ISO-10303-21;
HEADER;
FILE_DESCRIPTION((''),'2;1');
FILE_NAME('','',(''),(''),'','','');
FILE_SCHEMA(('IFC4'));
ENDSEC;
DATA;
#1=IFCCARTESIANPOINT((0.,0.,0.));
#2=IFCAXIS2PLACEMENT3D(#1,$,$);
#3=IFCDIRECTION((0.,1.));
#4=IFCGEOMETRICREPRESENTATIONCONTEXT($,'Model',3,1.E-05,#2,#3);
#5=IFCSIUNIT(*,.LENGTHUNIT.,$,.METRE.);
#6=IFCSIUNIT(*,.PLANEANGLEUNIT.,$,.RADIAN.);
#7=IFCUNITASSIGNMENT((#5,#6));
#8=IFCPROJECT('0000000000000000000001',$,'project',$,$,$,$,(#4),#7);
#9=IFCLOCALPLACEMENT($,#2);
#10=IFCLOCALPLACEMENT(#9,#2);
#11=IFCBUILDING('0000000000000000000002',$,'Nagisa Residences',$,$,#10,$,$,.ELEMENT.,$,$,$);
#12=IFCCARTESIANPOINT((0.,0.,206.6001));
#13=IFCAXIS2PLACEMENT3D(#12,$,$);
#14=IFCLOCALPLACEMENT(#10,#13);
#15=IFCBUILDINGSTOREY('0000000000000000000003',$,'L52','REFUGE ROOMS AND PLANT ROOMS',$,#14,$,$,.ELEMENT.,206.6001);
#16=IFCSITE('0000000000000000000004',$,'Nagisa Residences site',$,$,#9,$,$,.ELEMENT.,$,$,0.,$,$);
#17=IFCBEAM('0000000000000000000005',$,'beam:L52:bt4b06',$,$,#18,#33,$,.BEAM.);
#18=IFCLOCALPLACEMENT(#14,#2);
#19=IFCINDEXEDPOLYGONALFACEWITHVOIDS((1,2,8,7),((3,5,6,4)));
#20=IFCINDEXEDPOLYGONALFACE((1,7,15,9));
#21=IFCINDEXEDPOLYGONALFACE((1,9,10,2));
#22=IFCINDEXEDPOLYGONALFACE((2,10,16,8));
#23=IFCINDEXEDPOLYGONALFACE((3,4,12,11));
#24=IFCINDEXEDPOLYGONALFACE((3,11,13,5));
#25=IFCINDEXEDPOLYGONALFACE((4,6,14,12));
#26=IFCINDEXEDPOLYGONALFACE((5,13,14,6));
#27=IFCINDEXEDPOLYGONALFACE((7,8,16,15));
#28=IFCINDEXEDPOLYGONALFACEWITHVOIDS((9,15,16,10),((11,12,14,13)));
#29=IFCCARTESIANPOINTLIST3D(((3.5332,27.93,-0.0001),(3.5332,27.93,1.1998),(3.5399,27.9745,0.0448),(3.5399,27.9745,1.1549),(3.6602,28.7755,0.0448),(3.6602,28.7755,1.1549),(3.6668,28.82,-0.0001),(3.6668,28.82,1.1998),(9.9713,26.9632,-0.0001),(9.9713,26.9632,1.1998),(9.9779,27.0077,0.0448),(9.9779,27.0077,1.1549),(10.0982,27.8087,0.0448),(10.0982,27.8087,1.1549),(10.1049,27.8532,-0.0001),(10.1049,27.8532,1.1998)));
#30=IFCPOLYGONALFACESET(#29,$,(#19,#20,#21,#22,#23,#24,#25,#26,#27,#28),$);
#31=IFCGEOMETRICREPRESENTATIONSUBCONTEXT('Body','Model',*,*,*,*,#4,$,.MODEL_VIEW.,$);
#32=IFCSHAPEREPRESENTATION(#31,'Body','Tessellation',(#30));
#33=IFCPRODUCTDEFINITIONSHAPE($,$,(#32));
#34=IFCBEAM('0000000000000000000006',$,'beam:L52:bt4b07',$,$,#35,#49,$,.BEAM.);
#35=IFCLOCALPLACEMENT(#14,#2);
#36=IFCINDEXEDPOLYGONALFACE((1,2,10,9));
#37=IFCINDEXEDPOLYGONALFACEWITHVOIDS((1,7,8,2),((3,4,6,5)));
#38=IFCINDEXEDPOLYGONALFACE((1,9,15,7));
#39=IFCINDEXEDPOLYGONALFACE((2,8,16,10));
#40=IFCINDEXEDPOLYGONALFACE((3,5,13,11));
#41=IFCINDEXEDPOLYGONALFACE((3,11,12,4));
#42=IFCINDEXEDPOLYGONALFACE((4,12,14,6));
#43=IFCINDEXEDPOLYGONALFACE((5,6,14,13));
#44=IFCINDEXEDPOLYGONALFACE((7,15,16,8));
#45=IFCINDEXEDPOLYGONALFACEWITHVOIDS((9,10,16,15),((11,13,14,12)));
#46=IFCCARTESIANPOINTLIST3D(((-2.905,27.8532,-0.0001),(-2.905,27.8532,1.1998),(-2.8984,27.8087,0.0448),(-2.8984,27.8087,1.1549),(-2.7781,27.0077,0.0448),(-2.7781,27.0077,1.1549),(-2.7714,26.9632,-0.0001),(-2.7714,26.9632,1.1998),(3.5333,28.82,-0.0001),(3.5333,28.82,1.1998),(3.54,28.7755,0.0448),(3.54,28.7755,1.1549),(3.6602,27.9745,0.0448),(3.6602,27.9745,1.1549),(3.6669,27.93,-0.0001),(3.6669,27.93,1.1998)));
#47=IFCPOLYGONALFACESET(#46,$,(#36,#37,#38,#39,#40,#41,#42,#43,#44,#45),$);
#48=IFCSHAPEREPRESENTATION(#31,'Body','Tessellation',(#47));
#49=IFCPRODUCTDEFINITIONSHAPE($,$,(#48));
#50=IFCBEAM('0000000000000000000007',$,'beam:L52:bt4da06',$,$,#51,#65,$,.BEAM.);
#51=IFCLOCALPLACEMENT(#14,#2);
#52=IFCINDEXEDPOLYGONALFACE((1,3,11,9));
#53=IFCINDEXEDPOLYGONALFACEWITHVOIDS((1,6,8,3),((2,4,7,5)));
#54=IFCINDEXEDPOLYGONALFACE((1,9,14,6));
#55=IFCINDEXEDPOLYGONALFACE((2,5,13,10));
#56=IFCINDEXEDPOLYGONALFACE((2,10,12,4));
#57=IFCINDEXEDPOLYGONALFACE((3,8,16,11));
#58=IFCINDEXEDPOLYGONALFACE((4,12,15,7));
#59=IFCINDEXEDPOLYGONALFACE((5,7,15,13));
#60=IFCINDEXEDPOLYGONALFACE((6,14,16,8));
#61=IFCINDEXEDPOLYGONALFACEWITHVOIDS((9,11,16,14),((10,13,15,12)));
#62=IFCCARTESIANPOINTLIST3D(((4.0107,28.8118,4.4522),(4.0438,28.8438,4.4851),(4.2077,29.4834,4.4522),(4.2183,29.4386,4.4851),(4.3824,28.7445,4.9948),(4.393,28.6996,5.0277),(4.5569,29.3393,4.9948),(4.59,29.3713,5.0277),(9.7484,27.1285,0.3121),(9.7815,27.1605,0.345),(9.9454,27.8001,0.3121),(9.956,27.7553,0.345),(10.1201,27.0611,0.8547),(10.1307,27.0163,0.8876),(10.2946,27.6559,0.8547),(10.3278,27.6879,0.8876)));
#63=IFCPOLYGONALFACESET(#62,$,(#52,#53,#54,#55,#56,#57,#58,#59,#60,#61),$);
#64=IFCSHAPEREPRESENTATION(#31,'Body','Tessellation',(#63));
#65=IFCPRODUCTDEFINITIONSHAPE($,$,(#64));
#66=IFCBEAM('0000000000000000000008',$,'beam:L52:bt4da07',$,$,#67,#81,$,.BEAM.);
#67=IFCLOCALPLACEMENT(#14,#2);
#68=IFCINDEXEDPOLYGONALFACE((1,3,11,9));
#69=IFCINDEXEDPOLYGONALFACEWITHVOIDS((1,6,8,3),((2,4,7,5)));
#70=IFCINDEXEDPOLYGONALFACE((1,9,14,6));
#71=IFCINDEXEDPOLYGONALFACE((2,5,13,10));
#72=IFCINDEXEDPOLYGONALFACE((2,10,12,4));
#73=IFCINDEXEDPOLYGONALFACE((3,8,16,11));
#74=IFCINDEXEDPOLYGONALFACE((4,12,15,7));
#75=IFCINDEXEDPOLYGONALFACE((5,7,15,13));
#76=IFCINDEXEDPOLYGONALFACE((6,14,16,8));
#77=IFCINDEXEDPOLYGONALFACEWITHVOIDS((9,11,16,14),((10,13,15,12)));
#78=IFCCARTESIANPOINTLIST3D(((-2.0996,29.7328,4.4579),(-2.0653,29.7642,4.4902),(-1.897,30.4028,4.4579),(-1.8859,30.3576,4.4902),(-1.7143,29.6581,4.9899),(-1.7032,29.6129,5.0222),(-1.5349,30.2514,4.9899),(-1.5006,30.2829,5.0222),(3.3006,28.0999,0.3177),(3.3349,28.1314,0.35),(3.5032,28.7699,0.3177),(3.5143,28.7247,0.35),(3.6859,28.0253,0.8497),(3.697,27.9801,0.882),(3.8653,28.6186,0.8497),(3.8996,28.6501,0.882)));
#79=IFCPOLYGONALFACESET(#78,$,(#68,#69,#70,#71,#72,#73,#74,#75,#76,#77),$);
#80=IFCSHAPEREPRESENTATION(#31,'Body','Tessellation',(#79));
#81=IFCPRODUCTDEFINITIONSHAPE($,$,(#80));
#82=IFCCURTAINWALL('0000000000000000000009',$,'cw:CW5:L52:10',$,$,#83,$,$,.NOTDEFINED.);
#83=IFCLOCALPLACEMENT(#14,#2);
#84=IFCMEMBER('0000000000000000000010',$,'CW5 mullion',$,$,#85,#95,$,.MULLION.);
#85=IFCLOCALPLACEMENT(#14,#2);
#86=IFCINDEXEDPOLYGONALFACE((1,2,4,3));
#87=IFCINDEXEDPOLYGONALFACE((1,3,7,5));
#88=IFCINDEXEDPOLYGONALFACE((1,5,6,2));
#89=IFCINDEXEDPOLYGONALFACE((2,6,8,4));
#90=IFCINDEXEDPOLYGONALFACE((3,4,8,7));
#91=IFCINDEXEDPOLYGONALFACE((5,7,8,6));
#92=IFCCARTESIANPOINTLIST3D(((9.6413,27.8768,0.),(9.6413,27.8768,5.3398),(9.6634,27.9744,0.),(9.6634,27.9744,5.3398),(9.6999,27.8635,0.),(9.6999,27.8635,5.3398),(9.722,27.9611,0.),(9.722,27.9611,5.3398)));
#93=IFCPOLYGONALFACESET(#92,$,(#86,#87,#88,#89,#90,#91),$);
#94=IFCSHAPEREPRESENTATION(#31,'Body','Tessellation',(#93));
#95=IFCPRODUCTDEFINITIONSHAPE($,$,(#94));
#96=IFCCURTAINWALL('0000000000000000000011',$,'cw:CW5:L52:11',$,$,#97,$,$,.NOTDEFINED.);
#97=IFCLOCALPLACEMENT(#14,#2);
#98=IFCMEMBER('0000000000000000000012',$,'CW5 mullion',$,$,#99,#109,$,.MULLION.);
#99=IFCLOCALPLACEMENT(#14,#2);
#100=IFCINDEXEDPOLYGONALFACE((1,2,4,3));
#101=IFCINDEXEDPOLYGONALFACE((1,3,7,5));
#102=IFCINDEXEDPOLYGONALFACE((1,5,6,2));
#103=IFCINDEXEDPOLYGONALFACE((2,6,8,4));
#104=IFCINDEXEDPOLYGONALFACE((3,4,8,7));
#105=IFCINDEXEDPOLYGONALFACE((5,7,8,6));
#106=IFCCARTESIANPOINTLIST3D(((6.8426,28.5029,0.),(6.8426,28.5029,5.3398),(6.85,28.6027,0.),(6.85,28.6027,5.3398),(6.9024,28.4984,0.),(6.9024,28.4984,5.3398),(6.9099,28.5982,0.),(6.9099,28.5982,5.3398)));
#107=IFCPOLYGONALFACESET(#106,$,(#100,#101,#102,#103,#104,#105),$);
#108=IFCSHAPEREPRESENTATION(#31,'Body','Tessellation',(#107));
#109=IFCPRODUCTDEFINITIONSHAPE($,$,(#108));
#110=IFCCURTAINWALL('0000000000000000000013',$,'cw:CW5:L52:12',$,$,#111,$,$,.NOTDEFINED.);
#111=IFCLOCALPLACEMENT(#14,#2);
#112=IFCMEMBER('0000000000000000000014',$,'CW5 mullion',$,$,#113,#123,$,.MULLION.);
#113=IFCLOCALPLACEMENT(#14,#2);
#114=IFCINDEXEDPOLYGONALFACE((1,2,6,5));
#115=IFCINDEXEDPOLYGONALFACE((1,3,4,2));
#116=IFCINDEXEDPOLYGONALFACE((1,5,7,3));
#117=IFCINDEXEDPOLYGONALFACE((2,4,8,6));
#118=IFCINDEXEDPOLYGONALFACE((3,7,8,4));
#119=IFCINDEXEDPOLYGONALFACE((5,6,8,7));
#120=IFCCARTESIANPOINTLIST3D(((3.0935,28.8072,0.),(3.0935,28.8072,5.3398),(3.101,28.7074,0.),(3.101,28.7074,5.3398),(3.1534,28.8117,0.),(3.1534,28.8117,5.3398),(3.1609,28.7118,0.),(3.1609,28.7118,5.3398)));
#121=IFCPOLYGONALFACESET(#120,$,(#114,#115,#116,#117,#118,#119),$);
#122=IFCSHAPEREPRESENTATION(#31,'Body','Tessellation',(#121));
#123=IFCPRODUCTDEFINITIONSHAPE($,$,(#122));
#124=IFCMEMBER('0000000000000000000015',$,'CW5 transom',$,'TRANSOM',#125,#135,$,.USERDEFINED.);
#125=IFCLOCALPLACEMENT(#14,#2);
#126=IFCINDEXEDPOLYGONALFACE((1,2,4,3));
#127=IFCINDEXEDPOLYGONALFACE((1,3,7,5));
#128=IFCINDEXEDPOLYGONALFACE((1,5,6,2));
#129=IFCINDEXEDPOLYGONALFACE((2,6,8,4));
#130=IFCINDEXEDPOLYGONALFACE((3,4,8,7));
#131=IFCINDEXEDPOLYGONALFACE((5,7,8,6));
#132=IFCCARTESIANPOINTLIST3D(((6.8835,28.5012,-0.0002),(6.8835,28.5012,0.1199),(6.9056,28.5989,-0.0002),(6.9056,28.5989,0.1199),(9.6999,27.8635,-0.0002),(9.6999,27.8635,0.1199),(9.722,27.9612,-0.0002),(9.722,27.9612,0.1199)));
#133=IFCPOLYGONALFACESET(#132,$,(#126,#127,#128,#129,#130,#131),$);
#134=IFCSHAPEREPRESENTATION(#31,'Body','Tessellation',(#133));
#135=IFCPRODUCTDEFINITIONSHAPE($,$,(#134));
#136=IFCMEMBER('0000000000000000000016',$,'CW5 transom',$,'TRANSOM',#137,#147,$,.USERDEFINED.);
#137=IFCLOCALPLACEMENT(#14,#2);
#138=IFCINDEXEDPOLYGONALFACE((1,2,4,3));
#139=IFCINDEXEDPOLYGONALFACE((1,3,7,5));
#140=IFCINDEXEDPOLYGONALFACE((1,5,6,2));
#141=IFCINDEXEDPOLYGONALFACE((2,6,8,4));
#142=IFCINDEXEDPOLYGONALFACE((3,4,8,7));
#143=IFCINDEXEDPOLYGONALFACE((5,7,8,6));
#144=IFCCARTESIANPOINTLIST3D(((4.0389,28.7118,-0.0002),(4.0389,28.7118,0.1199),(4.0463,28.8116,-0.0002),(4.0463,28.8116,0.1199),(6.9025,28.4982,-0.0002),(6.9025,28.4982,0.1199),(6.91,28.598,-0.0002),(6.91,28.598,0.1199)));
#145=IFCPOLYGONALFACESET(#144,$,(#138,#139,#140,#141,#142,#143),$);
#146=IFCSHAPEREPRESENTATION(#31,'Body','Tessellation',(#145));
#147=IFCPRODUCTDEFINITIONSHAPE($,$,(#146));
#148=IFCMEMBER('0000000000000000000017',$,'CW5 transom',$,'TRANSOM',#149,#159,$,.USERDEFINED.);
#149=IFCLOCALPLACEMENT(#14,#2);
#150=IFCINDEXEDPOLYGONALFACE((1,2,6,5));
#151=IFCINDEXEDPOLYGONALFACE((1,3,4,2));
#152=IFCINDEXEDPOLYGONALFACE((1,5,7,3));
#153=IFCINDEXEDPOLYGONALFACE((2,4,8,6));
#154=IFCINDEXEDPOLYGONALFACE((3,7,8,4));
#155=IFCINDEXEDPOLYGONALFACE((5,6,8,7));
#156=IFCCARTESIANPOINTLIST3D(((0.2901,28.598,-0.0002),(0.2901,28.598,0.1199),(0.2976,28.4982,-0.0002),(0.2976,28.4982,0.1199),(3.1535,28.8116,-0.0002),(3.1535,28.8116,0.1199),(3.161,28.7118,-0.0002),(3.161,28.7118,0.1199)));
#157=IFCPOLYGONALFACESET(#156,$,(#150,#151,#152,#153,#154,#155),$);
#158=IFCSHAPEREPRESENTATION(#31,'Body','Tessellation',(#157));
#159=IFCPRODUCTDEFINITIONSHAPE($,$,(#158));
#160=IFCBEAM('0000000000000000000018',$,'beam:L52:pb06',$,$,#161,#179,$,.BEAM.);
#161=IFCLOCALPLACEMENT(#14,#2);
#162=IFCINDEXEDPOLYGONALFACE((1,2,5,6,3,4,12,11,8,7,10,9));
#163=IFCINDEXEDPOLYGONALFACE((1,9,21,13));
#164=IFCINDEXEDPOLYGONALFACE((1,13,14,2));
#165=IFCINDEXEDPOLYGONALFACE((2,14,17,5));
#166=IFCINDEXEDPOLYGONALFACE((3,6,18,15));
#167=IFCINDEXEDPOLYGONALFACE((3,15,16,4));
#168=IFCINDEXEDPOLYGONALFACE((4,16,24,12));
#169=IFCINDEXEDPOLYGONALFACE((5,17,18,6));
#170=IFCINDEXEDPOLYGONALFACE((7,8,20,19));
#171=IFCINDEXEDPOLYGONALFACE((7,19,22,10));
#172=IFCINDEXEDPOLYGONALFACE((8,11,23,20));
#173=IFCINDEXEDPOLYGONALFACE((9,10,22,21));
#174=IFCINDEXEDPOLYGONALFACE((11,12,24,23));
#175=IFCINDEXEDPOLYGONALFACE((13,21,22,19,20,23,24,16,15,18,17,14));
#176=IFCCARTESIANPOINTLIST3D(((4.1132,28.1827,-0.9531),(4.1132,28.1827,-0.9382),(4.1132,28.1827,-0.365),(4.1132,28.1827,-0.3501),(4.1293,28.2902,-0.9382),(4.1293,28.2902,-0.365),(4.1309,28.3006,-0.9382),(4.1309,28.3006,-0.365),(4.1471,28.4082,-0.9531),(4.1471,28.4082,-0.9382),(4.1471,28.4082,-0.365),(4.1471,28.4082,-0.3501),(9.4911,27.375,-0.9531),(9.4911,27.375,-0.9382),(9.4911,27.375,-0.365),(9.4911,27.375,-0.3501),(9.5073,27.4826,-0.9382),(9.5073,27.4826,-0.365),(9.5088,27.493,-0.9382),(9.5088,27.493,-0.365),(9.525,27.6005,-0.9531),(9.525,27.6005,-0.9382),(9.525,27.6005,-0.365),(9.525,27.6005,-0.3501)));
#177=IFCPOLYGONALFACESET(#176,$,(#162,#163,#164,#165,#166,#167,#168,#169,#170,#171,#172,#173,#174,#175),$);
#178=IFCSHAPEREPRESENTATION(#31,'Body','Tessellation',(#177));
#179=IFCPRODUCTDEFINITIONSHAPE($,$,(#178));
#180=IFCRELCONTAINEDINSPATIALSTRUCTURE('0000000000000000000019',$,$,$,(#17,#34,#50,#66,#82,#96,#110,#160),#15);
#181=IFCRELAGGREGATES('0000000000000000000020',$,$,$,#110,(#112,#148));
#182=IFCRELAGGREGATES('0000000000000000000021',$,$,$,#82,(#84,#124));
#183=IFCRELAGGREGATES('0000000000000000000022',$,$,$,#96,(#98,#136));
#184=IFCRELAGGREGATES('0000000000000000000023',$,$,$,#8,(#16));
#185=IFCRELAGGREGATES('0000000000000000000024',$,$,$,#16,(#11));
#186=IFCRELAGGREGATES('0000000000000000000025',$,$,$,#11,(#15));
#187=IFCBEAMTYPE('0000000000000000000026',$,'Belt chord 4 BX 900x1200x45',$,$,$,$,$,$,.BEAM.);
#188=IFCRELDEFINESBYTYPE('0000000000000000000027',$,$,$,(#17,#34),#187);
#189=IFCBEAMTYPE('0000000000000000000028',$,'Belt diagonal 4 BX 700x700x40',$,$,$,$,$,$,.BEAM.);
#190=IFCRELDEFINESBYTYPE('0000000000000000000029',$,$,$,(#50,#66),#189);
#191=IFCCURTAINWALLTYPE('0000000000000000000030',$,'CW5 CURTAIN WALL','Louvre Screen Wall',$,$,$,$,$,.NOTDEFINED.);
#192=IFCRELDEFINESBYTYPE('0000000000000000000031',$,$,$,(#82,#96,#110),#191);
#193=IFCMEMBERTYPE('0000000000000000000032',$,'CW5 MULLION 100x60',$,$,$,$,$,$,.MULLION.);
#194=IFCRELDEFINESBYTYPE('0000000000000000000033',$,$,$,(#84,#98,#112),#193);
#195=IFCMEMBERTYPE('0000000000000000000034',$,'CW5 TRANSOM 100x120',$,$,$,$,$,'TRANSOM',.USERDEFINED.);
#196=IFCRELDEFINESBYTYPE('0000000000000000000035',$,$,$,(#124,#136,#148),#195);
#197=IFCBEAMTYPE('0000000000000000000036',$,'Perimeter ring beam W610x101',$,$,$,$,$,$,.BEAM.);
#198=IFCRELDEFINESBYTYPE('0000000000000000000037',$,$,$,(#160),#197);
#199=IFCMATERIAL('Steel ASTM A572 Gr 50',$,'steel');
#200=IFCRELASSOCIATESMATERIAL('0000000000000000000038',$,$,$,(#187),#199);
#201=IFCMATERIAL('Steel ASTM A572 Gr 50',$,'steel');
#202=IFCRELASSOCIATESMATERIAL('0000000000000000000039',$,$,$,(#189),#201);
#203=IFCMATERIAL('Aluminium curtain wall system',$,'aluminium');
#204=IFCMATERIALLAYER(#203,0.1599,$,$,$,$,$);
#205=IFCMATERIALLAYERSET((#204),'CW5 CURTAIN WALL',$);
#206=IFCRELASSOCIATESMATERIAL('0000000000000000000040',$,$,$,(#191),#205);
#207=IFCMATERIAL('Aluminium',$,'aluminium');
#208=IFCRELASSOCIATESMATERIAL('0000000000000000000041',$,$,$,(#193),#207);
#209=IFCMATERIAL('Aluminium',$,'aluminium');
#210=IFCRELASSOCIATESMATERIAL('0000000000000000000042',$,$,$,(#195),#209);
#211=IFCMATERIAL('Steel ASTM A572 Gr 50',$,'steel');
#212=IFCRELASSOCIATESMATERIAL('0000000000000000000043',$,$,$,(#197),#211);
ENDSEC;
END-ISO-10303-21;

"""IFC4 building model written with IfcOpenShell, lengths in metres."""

from ifc_helpers import new_model, si_unit, direction, frame, origin, origin_2d, place, context, subcontext, project, spatial, rectangle, hollow_rectangle, i_section, extrude, material, layer, layer_set, material_profile, profile_set, type_object, element, aggregate, save


model = new_model("IFC4")

# Units and contexts
model_context = context("Model", 3, precision=1e-05, world=origin(), true_north=direction((0.0, 1.0)))
body_context = subcontext(model_context, "Body", "Model", "MODEL_VIEW")
ifc_project = project(units=[si_unit("LENGTHUNIT", "METRE"), si_unit("PLANEANGLEUNIT", "RADIAN")], contexts=[model_context])

# Site, building, storey
site_placement = place(None, origin())
site = spatial("IfcSite", under=ifc_project, at=site_placement, Name="Nagisa Residences site", CompositionType="ELEMENT", RefElevation=0.0)
building_placement = place(site_placement, origin())
building = spatial("IfcBuilding", under=site, at=building_placement, Name="Nagisa Residences", CompositionType="ELEMENT")
storey_placement = place(building_placement, frame((0.0, 0.0, 206.6001)))
storey = spatial("IfcBuildingStorey", under=building, at=storey_placement, Name="L52", Description="REFUGE ROOMS AND PLANT ROOMS", CompositionType="ELEMENT", Elevation=206.6001)

# Beams
ifc_material_1 = material(Name="Steel ASTM A572 Gr 50", Category="steel")
ifc_material_profile_1 = material_profile(ifc_material_1, hollow_rectangle(XDim=0.8999, YDim=1.2, WallThickness=0.0449, at=origin_2d()), Name="BX 900x1200x45")
ifc_profile_set_1 = profile_set([ifc_material_profile_1], Name="Steel ASTM A572 Gr 50")
beam_type_1 = type_object("IfcBeamType", Name="Belt chord 4 BX 900x1200x45", PredefinedType="BEAM", material=ifc_profile_set_1)
beam_1_placement = place(storey_placement, frame((10.0381, 27.4082, 0.5999), z_axis=(-0.988912, 0.148505, 0.0), x_axis=(-0.148505, -0.988912, 0.0)))
element("IfcBeam", 1, at=beam_1_placement, inside=storey, type_object=beam_type_1, Name="beam:L52:bt4b06", PredefinedType="BEAM", context=body_context, shape_type="SweptSolid", body=[
    extrude(hollow_rectangle(XDim=0.8999, YDim=1.2, WallThickness=0.0449, at=origin_2d()), origin(), (0.0, 0.0, 1.0), 6.5103),
])
beam_2_placement = place(storey_placement, frame((3.6001, 28.375, 0.5999), z_axis=(-0.988912, -0.1485, 0.0), x_axis=(0.1485, -0.988912, 0.0)))
element("IfcBeam", 2, at=beam_2_placement, inside=storey, type_object=beam_type_1, Name="beam:L52:bt4b07", PredefinedType="BEAM", context=body_context, shape_type="SweptSolid", body=[
    extrude(hollow_rectangle(XDim=0.8999, YDim=1.2, WallThickness=0.0449, at=origin_2d()), origin(), (0.0, 0.0, 1.0), 6.5105),
])
ifc_material_2 = material(Name="Steel ASTM A572 Gr 50", Category="steel")
ifc_material_profile_2 = material_profile(ifc_material_2, hollow_rectangle(XDim=0.7, YDim=0.7, WallThickness=0.04, at=origin_2d()), Name="BX 700x700x40")
ifc_profile_set_2 = profile_set([ifc_material_profile_2], Name="Steel ASTM A572 Gr 50")
beam_type_2 = type_object("IfcBeamType", Name="Belt diagonal 4 BX 700x700x40", PredefinedType="BEAM", material=ifc_profile_set_2)
beam_3_placement = place(storey_placement, frame((10.0381, 27.4082, 0.5999), z_axis=(-0.788916, 0.231452, 0.569247), x_axis=(-0.281514, -0.959557, 0.0)))
element("IfcBeam", 3, at=beam_3_placement, inside=storey, type_object=beam_type_2, Name="beam:L52:bt4da06", PredefinedType="BEAM", context=body_context, shape_type="SweptSolid", body=[
    extrude(hollow_rectangle(XDim=0.7, YDim=0.7, WallThickness=0.04, at=origin_2d()), origin(), (0.0, 0.0, 1.0), 7.2729),
])
beam_4_placement = place(storey_placement, frame((3.6001, 28.375, 0.5999), z_axis=(-0.771698, 0.233334, 0.591639), x_axis=(-0.289424, -0.957201, 0.0)))
element("IfcBeam", 4, at=beam_4_placement, inside=storey, type_object=beam_type_2, Name="beam:L52:bt4da07", PredefinedType="BEAM", context=body_context, shape_type="SweptSolid", body=[
    extrude(hollow_rectangle(XDim=0.7, YDim=0.7, WallThickness=0.04, at=origin_2d()), origin(), (0.0, 0.0, 1.0), 6.9978),
])

# Curtain walls, members
ifc_material_3 = material(Name="Aluminium curtain wall system", Category="aluminium")
ifc_layer_1 = layer(ifc_material_3, 0.1599)
ifc_layer_set_1 = layer_set([ifc_layer_1], Name="CW5 CURTAIN WALL")
curtain_wall_type = type_object("IfcCurtainWallType", Name="CW5 CURTAIN WALL", Description="Louvre Screen Wall", PredefinedType="NOTDEFINED", material=ifc_layer_set_1)
curtain_wall_1_placement = place(storey_placement, origin())
curtain_wall_1 = element("IfcCurtainWall", 5, at=curtain_wall_1_placement, inside=storey, type_object=curtain_wall_type, Name="cw:CW5:L52:10", PredefinedType="NOTDEFINED")
ifc_material_4 = material(Name="Aluminium", Category="aluminium")
ifc_material_profile_3 = material_profile(ifc_material_4, rectangle(XDim=0.1001, YDim=0.0601, at=origin_2d()), Name="CW5 MULLION 100x60")
ifc_profile_set_3 = profile_set([ifc_material_profile_3], Name="Aluminium")
member_type_1 = type_object("IfcMemberType", Name="CW5 MULLION 100x60", PredefinedType="MULLION", material=ifc_profile_set_3)
member_1_placement = place(storey_placement, frame((9.6816, 27.9189, 0.0), z_axis=(0.0, 0.0, 1.0), x_axis=(-0.220764, -0.975327, 0.0)))
member_1 = element("IfcMember", 6, at=member_1_placement, type_object=member_type_1, Name="CW5 mullion", PredefinedType="MULLION", context=body_context, shape_type="SweptSolid", body=[
    extrude(rectangle(XDim=0.1001, YDim=0.0601, at=origin_2d()), origin(), (0.0, 0.0, 1.0), 5.3398),
])
curtain_wall_2_placement = place(storey_placement, origin())
curtain_wall_2 = element("IfcCurtainWall", 7, at=curtain_wall_2_placement, inside=storey, type_object=curtain_wall_type, Name="cw:CW5:L52:11", PredefinedType="NOTDEFINED")
member_2_placement = place(storey_placement, frame((6.8762, 28.5505, 0.0), z_axis=(0.0, 0.0, 1.0), x_axis=(-0.074377, -0.99723, 0.0)))
member_2 = element("IfcMember", 8, at=member_2_placement, type_object=member_type_1, Name="CW5 mullion", PredefinedType="MULLION", context=body_context, shape_type="SweptSolid", body=[
    extrude(rectangle(XDim=0.1001, YDim=0.0601, at=origin_2d()), origin(), (0.0, 0.0, 1.0), 5.3398),
])
curtain_wall_3_placement = place(storey_placement, origin())
curtain_wall_3 = element("IfcCurtainWall", 9, at=curtain_wall_3_placement, inside=storey, type_object=curtain_wall_type, Name="cw:CW5:L52:12", PredefinedType="NOTDEFINED")
member_3_placement = place(storey_placement, frame((3.1272, 28.7595, 0.0), z_axis=(0.0, 0.0, 1.0), x_axis=(0.074377, -0.99723, 0.0)))
member_3 = element("IfcMember", 10, at=member_3_placement, type_object=member_type_1, Name="CW5 mullion", PredefinedType="MULLION", context=body_context, shape_type="SweptSolid", body=[
    extrude(rectangle(XDim=0.1001, YDim=0.0601, at=origin_2d()), origin(), (0.0, 0.0, 1.0), 5.3398),
])

# Members
ifc_material_5 = material(Name="Aluminium", Category="aluminium")
ifc_material_profile_4 = material_profile(ifc_material_5, rectangle(XDim=0.1001, YDim=0.1201, at=origin_2d()), Name="CW5 TRANSOM 100x120")
ifc_profile_set_4 = profile_set([ifc_material_profile_4], Name="Aluminium")
member_type_2 = type_object("IfcMemberType", Name="CW5 TRANSOM 100x120", ElementType="TRANSOM", PredefinedType="USERDEFINED", material=ifc_profile_set_4)
member_4_placement = place(storey_placement, frame((9.7109, 27.9124, 0.0598), z_axis=(-0.975312, 0.220832, 0.0), x_axis=(-0.220832, -0.975312, 0.0)))
member_4 = element("IfcMember", 11, at=member_4_placement, type_object=member_type_2, Name="CW5 transom", ObjectType="TRANSOM", PredefinedType="USERDEFINED", context=body_context, shape_type="SweptSolid", body=[
    extrude(rectangle(XDim=0.1001, YDim=0.1201, at=origin_2d()), origin(), (0.0, 0.0, 1.0), 2.8877),
])
member_5_placement = place(storey_placement, frame((6.9062, 28.5481, 0.0598), z_axis=(-0.997229, 0.074395, 0.0), x_axis=(-0.074395, -0.997229, 0.0)))
member_5 = element("IfcMember", 12, at=member_5_placement, type_object=member_type_2, Name="CW5 transom", ObjectType="TRANSOM", PredefinedType="USERDEFINED", context=body_context, shape_type="SweptSolid", body=[
    extrude(rectangle(XDim=0.1001, YDim=0.1201, at=origin_2d()), origin(), (0.0, 0.0, 1.0), 2.8716),
])
member_6_placement = place(storey_placement, frame((3.1572, 28.7617, 0.0598), z_axis=(-0.997228, -0.074401, 0.0), x_axis=(0.074401, -0.997228, 0.0)))
member_6 = element("IfcMember", 13, at=member_6_placement, type_object=member_type_2, Name="CW5 transom", ObjectType="TRANSOM", PredefinedType="USERDEFINED", context=body_context, shape_type="SweptSolid", body=[
    extrude(rectangle(XDim=0.1001, YDim=0.1201, at=origin_2d()), origin(), (0.0, 0.0, 1.0), 2.8713),
])
aggregate(curtain_wall_3, [member_3, member_6])

# Beam
ifc_material_6 = material(Name="Steel ASTM A572 Gr 50", Category="steel")
ifc_material_profile_5 = material_profile(ifc_material_6, i_section(OverallWidth=0.228, OverallDepth=0.603, WebThickness=0.0105, FlangeThickness=0.0149, at=origin_2d()), Name="W610x101")
ifc_profile_set_5 = profile_set([ifc_material_profile_5], Name="Steel ASTM A572 Gr 50")
beam_type_3 = type_object("IfcBeamType", Name="Perimeter ring beam W610x101", PredefinedType="BEAM", material=ifc_profile_set_5)
for number, where, z_axis, x_axis, name in (
    (14, (9.5081, 27.4878, -0.6516), (-0.988911, 0.148507, 0.0), (-0.148507, -0.988911, 0.0), "beam:L52:pb06"),
):
    element("IfcBeam", number, at=place(storey_placement, frame(where, z_axis=z_axis, x_axis=x_axis)), inside=storey, type_object=beam_type_3, Name=name, PredefinedType="BEAM", context=body_context, shape_type="SweptSolid", body=[
        extrude(i_section(OverallWidth=0.228, OverallDepth=0.603, WebThickness=0.0105, FlangeThickness=0.0149, at=origin_2d()), origin(), (0.0, 0.0, 1.0), 5.4382),
    ])

aggregate(curtain_wall_1, [member_1, member_4])
aggregate(curtain_wall_2, [member_2, member_5])

save(model, "model.ifc")
